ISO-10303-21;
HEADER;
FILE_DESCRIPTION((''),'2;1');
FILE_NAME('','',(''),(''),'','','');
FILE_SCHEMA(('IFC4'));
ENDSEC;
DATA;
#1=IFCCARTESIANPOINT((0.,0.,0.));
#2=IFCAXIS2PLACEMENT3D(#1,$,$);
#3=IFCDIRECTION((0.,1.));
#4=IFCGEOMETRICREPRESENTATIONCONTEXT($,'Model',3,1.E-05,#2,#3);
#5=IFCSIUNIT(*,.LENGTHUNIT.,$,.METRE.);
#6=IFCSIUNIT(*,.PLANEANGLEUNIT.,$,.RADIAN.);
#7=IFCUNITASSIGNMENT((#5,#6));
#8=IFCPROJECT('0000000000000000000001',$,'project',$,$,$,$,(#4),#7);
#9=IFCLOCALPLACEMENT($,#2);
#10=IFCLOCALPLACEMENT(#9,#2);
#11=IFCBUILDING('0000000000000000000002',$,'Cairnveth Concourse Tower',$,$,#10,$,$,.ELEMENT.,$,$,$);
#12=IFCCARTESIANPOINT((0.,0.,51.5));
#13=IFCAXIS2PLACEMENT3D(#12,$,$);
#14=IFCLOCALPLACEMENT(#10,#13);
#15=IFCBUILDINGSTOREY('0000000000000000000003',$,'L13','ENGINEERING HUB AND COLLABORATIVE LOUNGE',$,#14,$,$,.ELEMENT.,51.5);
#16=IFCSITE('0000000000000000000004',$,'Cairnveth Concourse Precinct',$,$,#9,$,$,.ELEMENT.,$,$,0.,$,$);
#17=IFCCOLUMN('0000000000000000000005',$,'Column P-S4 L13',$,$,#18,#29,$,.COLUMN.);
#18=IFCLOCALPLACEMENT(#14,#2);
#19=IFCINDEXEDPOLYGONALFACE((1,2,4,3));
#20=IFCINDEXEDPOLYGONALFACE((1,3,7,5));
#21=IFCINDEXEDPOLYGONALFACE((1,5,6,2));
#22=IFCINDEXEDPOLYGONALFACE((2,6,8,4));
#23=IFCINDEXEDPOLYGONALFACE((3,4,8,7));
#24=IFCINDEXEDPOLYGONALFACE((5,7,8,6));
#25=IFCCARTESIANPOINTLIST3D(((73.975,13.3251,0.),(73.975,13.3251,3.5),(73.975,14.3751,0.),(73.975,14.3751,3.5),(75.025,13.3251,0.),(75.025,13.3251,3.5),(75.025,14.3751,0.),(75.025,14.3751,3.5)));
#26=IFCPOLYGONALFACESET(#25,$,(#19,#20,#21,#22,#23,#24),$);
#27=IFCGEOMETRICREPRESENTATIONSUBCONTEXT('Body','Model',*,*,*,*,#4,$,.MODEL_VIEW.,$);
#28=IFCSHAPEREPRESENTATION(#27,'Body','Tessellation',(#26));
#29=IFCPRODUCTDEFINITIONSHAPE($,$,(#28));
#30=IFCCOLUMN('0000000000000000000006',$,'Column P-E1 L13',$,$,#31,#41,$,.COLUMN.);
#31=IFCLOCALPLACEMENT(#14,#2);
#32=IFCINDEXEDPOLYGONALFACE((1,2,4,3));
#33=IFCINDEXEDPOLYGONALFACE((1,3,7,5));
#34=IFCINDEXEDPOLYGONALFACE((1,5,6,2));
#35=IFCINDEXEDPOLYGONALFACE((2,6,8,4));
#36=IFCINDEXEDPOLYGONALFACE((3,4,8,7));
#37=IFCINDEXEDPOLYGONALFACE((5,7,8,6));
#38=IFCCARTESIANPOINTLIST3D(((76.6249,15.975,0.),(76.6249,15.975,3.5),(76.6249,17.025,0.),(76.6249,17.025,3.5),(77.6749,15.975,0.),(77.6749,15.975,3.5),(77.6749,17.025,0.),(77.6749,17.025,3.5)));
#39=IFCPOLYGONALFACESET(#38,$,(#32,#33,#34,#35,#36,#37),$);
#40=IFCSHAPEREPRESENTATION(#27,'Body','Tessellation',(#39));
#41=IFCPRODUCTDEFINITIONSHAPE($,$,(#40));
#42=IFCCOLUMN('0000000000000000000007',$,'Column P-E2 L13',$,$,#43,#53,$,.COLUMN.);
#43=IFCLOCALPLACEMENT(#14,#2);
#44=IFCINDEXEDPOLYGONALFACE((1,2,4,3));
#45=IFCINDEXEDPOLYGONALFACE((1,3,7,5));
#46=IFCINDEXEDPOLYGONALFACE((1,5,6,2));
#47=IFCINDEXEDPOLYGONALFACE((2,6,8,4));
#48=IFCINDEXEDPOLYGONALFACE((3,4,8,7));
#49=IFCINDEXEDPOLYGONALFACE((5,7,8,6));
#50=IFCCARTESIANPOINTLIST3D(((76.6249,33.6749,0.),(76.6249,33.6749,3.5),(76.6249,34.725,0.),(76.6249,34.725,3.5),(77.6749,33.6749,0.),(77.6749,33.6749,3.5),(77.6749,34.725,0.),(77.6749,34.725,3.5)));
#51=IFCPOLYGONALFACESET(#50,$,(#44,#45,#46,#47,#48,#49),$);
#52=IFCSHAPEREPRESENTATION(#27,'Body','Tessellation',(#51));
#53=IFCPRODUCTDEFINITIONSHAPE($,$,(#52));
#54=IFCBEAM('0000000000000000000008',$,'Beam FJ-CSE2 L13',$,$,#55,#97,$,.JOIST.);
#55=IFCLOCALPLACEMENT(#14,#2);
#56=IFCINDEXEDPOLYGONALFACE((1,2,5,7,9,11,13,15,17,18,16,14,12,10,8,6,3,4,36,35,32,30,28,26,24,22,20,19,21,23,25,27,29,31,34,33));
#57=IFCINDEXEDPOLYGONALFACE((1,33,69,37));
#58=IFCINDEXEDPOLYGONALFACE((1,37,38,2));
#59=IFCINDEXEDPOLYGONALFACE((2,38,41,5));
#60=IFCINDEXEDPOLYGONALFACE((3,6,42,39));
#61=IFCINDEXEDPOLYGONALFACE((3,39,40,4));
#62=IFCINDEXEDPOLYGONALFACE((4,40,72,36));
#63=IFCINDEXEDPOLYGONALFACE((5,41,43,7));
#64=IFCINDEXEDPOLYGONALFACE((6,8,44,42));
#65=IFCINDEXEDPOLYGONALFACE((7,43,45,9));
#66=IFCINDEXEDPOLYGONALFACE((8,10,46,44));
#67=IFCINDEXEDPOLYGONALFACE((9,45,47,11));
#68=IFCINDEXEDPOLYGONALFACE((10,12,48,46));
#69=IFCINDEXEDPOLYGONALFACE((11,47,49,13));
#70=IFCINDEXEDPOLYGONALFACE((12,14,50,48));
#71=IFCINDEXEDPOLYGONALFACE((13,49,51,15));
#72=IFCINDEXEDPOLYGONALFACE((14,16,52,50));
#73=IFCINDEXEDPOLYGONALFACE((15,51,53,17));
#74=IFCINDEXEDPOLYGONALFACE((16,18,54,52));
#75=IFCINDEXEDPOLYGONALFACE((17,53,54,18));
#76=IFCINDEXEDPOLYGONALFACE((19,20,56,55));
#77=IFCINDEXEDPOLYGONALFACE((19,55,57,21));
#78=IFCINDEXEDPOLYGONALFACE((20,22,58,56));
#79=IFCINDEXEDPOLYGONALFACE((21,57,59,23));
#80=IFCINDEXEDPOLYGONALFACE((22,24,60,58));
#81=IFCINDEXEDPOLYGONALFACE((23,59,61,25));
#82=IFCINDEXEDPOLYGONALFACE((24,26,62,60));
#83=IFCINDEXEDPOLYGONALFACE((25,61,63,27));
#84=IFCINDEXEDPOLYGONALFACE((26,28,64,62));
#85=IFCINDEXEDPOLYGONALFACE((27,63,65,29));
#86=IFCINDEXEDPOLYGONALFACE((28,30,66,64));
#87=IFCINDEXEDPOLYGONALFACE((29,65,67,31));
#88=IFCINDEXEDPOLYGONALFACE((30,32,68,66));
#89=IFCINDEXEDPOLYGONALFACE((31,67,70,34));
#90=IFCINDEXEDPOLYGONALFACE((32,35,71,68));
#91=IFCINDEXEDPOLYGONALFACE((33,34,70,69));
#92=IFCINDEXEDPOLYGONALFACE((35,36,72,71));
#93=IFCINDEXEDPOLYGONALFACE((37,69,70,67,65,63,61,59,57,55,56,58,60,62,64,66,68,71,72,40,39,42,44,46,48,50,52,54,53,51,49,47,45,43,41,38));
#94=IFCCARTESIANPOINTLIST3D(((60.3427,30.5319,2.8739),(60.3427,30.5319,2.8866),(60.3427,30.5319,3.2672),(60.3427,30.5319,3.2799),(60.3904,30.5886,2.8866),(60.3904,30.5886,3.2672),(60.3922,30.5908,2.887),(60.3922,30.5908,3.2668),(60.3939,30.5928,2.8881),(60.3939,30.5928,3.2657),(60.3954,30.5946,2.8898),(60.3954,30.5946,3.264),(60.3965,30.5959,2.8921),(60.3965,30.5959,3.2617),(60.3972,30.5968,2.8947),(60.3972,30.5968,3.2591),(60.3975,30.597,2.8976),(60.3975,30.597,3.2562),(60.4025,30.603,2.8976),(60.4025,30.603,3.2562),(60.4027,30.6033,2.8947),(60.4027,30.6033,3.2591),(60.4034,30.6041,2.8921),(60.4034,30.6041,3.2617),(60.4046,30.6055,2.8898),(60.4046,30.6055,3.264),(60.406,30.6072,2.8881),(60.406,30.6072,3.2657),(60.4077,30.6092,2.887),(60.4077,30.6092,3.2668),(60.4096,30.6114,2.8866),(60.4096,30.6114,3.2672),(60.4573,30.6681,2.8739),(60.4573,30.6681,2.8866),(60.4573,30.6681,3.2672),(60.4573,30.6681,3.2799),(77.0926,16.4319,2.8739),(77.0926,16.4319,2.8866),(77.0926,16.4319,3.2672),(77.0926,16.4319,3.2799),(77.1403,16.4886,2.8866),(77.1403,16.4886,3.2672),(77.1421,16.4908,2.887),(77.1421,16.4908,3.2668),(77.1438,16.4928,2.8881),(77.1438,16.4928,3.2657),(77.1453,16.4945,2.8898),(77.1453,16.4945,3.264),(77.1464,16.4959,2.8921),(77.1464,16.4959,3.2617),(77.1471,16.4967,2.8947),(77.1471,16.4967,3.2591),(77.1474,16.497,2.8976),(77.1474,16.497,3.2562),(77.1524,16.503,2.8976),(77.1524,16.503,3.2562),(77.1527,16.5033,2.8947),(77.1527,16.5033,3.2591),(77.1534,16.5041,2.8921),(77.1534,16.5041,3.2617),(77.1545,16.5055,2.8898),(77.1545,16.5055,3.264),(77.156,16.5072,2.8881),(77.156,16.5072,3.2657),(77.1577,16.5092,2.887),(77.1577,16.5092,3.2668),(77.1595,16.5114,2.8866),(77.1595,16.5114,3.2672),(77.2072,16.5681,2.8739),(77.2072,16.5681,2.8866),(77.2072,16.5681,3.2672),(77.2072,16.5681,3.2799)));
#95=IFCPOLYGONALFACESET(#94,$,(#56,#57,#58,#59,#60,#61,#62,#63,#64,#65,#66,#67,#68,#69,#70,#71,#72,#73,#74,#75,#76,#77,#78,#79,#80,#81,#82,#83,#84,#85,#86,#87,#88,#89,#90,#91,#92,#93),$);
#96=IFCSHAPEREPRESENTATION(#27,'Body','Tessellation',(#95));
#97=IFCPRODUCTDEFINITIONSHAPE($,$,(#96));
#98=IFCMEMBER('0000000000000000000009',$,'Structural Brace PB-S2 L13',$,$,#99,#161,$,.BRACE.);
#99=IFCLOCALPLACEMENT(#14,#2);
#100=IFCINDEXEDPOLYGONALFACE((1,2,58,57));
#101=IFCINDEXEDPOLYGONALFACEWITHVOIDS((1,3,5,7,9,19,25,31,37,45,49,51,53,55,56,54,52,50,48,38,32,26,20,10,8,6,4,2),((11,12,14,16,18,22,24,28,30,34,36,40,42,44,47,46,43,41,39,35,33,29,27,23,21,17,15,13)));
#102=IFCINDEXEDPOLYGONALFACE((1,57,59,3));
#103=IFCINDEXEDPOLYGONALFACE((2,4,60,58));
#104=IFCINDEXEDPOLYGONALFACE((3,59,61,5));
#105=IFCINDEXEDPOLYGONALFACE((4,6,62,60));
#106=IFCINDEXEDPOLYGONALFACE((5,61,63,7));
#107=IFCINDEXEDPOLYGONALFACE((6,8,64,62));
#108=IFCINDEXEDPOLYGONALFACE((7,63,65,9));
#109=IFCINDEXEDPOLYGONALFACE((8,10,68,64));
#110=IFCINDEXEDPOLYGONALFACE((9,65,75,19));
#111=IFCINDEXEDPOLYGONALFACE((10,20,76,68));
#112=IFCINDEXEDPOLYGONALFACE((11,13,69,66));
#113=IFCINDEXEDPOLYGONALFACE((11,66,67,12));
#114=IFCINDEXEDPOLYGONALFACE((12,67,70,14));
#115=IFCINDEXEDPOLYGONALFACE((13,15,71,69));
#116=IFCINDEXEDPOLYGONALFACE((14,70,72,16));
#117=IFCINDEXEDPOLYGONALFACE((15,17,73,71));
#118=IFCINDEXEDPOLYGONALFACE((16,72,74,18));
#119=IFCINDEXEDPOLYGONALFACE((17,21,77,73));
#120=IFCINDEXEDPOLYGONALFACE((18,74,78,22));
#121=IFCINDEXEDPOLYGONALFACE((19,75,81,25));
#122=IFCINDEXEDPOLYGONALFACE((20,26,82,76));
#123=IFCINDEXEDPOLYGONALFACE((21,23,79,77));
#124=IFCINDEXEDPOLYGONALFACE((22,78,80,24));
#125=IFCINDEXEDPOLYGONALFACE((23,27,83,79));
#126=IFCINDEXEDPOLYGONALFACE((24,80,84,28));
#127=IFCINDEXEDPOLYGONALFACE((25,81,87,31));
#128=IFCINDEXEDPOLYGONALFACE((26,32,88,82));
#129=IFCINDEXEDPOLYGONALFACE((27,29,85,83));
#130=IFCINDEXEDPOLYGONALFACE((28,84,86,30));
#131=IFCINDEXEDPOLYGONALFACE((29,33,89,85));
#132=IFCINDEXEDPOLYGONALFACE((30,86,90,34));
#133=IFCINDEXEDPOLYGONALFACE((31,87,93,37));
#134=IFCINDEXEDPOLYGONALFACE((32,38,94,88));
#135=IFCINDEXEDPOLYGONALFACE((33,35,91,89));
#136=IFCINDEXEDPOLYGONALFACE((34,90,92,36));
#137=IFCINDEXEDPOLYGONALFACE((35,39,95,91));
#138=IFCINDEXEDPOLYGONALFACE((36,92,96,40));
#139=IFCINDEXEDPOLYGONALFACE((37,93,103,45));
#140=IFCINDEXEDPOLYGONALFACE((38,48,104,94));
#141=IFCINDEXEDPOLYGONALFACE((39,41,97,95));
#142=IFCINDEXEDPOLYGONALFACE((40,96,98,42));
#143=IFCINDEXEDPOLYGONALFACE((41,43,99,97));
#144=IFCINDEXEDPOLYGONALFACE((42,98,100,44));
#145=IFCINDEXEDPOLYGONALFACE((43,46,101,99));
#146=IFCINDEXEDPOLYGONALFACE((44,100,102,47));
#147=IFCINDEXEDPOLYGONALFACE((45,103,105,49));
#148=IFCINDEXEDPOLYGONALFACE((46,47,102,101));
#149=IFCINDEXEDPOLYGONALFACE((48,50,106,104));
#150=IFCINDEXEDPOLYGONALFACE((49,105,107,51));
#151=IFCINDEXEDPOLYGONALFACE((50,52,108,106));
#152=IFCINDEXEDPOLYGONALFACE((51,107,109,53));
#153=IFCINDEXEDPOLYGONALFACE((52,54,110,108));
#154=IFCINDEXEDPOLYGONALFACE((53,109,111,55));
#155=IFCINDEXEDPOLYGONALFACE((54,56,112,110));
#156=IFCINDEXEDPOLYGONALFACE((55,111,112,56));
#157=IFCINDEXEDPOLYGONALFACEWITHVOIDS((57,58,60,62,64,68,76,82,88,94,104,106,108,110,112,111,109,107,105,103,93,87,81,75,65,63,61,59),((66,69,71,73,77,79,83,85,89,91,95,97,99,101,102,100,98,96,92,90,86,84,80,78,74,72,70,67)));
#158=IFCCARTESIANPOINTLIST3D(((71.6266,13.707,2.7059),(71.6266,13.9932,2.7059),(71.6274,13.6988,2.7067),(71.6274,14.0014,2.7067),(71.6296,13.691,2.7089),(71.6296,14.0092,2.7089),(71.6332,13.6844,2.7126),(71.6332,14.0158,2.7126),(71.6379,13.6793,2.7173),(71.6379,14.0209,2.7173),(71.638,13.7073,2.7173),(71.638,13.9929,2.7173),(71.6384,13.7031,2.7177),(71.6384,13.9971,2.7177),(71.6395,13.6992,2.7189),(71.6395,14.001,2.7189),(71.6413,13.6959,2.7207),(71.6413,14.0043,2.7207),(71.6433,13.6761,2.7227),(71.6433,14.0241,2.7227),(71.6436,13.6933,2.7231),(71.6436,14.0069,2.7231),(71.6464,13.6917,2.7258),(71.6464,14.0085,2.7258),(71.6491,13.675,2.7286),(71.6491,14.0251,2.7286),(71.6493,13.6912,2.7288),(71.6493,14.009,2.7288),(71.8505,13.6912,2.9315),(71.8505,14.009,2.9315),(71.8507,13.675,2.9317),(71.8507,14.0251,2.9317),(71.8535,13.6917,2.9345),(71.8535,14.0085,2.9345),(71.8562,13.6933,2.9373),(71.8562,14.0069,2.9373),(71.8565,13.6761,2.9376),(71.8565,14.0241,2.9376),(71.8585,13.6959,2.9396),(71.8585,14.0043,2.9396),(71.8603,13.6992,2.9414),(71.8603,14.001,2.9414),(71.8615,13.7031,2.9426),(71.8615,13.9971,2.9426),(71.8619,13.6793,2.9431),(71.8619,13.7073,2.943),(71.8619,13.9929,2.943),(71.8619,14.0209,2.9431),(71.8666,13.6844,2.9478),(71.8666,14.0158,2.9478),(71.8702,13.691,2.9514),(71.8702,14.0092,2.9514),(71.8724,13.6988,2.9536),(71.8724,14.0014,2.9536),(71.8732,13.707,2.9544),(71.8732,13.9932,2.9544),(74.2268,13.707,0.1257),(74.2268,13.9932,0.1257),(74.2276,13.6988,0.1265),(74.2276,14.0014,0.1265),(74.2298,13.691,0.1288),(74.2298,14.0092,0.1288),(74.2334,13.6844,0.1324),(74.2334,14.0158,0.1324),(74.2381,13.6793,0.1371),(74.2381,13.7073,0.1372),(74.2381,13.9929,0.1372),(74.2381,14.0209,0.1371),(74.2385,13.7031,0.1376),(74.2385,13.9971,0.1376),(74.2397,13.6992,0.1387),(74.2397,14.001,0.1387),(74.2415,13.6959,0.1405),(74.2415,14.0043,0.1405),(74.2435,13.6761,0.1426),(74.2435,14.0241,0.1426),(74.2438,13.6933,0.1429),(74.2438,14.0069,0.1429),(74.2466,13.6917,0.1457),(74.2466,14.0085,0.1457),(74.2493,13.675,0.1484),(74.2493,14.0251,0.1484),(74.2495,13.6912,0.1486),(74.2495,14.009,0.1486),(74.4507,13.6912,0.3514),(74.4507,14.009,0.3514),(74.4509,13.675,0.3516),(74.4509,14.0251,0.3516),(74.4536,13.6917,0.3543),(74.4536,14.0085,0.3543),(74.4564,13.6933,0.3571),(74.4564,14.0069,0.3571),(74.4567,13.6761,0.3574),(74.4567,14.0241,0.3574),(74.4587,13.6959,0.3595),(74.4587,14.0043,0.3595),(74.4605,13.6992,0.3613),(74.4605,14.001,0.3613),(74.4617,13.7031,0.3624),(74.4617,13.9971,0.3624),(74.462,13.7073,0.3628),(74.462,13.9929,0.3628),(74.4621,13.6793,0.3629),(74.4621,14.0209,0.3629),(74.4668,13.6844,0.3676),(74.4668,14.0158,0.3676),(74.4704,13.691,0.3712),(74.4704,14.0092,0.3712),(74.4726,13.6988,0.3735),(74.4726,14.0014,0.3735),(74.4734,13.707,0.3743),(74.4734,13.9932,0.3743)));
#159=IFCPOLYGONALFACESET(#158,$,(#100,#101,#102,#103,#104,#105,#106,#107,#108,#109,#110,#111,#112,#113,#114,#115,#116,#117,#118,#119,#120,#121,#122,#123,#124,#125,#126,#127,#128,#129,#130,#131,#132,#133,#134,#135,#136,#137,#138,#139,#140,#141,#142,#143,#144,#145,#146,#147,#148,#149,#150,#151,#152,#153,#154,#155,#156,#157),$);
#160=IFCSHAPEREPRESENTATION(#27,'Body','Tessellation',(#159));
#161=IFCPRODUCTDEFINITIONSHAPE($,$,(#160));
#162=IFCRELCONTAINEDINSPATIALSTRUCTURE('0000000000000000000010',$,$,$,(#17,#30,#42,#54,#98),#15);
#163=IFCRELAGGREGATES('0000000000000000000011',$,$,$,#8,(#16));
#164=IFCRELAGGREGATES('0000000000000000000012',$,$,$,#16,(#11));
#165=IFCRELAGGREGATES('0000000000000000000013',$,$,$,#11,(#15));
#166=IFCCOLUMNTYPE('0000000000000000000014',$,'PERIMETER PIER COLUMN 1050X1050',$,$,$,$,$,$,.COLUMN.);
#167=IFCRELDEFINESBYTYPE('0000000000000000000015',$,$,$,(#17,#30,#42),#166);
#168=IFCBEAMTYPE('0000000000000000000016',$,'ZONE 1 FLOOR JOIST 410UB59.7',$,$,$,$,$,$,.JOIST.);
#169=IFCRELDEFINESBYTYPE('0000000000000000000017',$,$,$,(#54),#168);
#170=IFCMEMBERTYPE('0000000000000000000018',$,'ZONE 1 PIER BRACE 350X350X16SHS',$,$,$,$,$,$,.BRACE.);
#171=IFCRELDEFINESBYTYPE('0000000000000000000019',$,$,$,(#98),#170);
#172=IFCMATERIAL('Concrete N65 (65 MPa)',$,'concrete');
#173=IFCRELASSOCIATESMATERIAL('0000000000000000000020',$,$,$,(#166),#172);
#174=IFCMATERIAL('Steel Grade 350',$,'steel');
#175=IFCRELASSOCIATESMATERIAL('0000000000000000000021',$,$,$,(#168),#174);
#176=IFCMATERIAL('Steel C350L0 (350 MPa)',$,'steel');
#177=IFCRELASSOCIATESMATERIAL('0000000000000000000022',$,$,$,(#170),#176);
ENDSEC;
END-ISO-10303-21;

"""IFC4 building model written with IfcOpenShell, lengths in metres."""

from ifc_helpers import new_model, si_unit, direction, frame, origin, origin_2d, place, context, subcontext, project, spatial, rectangle, hollow_rectangle, i_section, extrude, material, material_profile, profile_set, type_object, element, save


model = new_model("IFC4")

# Units and contexts
model_context = context("Model", 3, precision=1e-05, world=origin(), true_north=direction((0.0, 1.0)))
body_context = subcontext(model_context, "Body", "Model", "MODEL_VIEW")
ifc_project = project(units=[si_unit("LENGTHUNIT", "METRE"), si_unit("PLANEANGLEUNIT", "RADIAN")], contexts=[model_context])

# Site, building, storey
site_placement = place(None, origin())
site = spatial("IfcSite", under=ifc_project, at=site_placement, Name="Cairnveth Concourse Precinct", CompositionType="ELEMENT", RefElevation=0.0)
building_placement = place(site_placement, origin())
building = spatial("IfcBuilding", under=site, at=building_placement, Name="Cairnveth Concourse Tower", CompositionType="ELEMENT")
storey_placement = place(building_placement, frame((0.0, 0.0, 51.5)))
storey = spatial("IfcBuildingStorey", under=building, at=storey_placement, Name="L13", Description="ENGINEERING HUB AND COLLABORATIVE LOUNGE", CompositionType="ELEMENT", Elevation=51.5)

# Columns
ifc_material_1 = material(Name="Concrete N65 (65 MPa)", Category="concrete")
ifc_material_profile_1 = material_profile(ifc_material_1, rectangle(XDim=1.05, YDim=1.05, at=origin_2d()), Name="RC-COL-1050x1050")
ifc_profile_set_1 = profile_set([ifc_material_profile_1], Name="Concrete N65 (65 MPa)")
column_type = type_object("IfcColumnType", Name="PERIMETER PIER COLUMN 1050X1050", PredefinedType="COLUMN", material=ifc_profile_set_1)
for number, where, z_axis, x_axis, name in (
    (1, (74.5, 13.8501, 0.0), (0.0, 0.0, 1.0), (1.0, 0.0, 0.0), "Column P-S4 L13"),
    (2, (77.1499, 16.5, 0.0), (0.0, 0.0, 1.0), (0.0, 1.0, 0.0), "Column P-E1 L13"),
    (3, (77.1499, 34.2, 0.0), (0.0, 0.0, 1.0), (0.0, 1.0, 0.0), "Column P-E2 L13"),
):
    element("IfcColumn", number, at=place(storey_placement, frame(where, z_axis=z_axis, x_axis=x_axis)), inside=storey, type_object=column_type, Name=name, PredefinedType="COLUMN", context=body_context, shape_type="SweptSolid", body=[
        extrude(rectangle(XDim=1.05, YDim=1.05, at=origin_2d()), origin(), (0.0, 0.0, 1.0), 3.5),
    ])

# Beam
ifc_material_2 = material(Name="Steel Grade 350", Category="steel")
ifc_material_profile_2 = material_profile(ifc_material_2, i_section(OverallWidth=0.178, OverallDepth=0.406, WebThickness=0.0078, FlangeThickness=0.0127, FilletRadius=0.011, at=origin_2d()), Name="410UB59.7")
ifc_profile_set_2 = profile_set([ifc_material_profile_2], Name="Steel Grade 350")
beam_type_1 = type_object("IfcBeamType", Name="ZONE 1 FLOOR JOIST 410UB59.7", PredefinedType="JOIST", material=ifc_profile_set_2)
beam_1_placement = place(storey_placement, frame((77.1499, 16.5, 3.0769), z_axis=(-0.765027, 0.643998, 0.0), x_axis=(-0.643998, -0.765027, 0.0)))
element("IfcBeam", 4, at=beam_1_placement, inside=storey, type_object=beam_type_1, Name="Beam FJ-CSE2 L13", PredefinedType="JOIST", context=body_context, shape_type="SweptSolid", body=[
    extrude(i_section(OverallWidth=0.178, OverallDepth=0.406, WebThickness=0.0078, FlangeThickness=0.0127, FilletRadius=0.011, at=origin_2d()), origin(), (0.0, 0.0, 1.0), 21.8945),
])

# Member
ifc_material_3 = material(Name="Steel C350L0 (350 MPa)", Category="steel")
ifc_material_profile_3 = material_profile(ifc_material_3, hollow_rectangle(XDim=0.3501, YDim=0.3501, WallThickness=0.0161, InnerFilletRadius=0.0161, OuterFilletRadius=0.032, at=origin_2d()), Name="350x350x16.0SHS")
ifc_profile_set_3 = profile_set([ifc_material_profile_3], Name="Steel C350L0 (350 MPa)")
member_type = type_object("IfcMemberType", Name="ZONE 1 PIER BRACE 350X350X16SHS", PredefinedType="BRACE", material=ifc_profile_set_3)
for number, where, z_axis, x_axis, name in (
    (5, (74.3501, 13.8501, 0.25), (-0.709834, 0.0, 0.704369), (0.0, -1.0, 0.0), "Structural Brace PB-S2 L13"),
):
    element("IfcMember", number, at=place(storey_placement, frame(where, z_axis=z_axis, x_axis=x_axis)), inside=storey, type_object=member_type, Name=name, PredefinedType="BRACE", context=body_context, shape_type="SweptSolid", body=[
        extrude(hollow_rectangle(XDim=0.3501, YDim=0.3501, WallThickness=0.0161, InnerFilletRadius=0.0161, OuterFilletRadius=0.032, at=origin_2d()), origin(), (0.0, 0.0, 1.0), 3.6631),
    ])

save(model, "model.ifc")
